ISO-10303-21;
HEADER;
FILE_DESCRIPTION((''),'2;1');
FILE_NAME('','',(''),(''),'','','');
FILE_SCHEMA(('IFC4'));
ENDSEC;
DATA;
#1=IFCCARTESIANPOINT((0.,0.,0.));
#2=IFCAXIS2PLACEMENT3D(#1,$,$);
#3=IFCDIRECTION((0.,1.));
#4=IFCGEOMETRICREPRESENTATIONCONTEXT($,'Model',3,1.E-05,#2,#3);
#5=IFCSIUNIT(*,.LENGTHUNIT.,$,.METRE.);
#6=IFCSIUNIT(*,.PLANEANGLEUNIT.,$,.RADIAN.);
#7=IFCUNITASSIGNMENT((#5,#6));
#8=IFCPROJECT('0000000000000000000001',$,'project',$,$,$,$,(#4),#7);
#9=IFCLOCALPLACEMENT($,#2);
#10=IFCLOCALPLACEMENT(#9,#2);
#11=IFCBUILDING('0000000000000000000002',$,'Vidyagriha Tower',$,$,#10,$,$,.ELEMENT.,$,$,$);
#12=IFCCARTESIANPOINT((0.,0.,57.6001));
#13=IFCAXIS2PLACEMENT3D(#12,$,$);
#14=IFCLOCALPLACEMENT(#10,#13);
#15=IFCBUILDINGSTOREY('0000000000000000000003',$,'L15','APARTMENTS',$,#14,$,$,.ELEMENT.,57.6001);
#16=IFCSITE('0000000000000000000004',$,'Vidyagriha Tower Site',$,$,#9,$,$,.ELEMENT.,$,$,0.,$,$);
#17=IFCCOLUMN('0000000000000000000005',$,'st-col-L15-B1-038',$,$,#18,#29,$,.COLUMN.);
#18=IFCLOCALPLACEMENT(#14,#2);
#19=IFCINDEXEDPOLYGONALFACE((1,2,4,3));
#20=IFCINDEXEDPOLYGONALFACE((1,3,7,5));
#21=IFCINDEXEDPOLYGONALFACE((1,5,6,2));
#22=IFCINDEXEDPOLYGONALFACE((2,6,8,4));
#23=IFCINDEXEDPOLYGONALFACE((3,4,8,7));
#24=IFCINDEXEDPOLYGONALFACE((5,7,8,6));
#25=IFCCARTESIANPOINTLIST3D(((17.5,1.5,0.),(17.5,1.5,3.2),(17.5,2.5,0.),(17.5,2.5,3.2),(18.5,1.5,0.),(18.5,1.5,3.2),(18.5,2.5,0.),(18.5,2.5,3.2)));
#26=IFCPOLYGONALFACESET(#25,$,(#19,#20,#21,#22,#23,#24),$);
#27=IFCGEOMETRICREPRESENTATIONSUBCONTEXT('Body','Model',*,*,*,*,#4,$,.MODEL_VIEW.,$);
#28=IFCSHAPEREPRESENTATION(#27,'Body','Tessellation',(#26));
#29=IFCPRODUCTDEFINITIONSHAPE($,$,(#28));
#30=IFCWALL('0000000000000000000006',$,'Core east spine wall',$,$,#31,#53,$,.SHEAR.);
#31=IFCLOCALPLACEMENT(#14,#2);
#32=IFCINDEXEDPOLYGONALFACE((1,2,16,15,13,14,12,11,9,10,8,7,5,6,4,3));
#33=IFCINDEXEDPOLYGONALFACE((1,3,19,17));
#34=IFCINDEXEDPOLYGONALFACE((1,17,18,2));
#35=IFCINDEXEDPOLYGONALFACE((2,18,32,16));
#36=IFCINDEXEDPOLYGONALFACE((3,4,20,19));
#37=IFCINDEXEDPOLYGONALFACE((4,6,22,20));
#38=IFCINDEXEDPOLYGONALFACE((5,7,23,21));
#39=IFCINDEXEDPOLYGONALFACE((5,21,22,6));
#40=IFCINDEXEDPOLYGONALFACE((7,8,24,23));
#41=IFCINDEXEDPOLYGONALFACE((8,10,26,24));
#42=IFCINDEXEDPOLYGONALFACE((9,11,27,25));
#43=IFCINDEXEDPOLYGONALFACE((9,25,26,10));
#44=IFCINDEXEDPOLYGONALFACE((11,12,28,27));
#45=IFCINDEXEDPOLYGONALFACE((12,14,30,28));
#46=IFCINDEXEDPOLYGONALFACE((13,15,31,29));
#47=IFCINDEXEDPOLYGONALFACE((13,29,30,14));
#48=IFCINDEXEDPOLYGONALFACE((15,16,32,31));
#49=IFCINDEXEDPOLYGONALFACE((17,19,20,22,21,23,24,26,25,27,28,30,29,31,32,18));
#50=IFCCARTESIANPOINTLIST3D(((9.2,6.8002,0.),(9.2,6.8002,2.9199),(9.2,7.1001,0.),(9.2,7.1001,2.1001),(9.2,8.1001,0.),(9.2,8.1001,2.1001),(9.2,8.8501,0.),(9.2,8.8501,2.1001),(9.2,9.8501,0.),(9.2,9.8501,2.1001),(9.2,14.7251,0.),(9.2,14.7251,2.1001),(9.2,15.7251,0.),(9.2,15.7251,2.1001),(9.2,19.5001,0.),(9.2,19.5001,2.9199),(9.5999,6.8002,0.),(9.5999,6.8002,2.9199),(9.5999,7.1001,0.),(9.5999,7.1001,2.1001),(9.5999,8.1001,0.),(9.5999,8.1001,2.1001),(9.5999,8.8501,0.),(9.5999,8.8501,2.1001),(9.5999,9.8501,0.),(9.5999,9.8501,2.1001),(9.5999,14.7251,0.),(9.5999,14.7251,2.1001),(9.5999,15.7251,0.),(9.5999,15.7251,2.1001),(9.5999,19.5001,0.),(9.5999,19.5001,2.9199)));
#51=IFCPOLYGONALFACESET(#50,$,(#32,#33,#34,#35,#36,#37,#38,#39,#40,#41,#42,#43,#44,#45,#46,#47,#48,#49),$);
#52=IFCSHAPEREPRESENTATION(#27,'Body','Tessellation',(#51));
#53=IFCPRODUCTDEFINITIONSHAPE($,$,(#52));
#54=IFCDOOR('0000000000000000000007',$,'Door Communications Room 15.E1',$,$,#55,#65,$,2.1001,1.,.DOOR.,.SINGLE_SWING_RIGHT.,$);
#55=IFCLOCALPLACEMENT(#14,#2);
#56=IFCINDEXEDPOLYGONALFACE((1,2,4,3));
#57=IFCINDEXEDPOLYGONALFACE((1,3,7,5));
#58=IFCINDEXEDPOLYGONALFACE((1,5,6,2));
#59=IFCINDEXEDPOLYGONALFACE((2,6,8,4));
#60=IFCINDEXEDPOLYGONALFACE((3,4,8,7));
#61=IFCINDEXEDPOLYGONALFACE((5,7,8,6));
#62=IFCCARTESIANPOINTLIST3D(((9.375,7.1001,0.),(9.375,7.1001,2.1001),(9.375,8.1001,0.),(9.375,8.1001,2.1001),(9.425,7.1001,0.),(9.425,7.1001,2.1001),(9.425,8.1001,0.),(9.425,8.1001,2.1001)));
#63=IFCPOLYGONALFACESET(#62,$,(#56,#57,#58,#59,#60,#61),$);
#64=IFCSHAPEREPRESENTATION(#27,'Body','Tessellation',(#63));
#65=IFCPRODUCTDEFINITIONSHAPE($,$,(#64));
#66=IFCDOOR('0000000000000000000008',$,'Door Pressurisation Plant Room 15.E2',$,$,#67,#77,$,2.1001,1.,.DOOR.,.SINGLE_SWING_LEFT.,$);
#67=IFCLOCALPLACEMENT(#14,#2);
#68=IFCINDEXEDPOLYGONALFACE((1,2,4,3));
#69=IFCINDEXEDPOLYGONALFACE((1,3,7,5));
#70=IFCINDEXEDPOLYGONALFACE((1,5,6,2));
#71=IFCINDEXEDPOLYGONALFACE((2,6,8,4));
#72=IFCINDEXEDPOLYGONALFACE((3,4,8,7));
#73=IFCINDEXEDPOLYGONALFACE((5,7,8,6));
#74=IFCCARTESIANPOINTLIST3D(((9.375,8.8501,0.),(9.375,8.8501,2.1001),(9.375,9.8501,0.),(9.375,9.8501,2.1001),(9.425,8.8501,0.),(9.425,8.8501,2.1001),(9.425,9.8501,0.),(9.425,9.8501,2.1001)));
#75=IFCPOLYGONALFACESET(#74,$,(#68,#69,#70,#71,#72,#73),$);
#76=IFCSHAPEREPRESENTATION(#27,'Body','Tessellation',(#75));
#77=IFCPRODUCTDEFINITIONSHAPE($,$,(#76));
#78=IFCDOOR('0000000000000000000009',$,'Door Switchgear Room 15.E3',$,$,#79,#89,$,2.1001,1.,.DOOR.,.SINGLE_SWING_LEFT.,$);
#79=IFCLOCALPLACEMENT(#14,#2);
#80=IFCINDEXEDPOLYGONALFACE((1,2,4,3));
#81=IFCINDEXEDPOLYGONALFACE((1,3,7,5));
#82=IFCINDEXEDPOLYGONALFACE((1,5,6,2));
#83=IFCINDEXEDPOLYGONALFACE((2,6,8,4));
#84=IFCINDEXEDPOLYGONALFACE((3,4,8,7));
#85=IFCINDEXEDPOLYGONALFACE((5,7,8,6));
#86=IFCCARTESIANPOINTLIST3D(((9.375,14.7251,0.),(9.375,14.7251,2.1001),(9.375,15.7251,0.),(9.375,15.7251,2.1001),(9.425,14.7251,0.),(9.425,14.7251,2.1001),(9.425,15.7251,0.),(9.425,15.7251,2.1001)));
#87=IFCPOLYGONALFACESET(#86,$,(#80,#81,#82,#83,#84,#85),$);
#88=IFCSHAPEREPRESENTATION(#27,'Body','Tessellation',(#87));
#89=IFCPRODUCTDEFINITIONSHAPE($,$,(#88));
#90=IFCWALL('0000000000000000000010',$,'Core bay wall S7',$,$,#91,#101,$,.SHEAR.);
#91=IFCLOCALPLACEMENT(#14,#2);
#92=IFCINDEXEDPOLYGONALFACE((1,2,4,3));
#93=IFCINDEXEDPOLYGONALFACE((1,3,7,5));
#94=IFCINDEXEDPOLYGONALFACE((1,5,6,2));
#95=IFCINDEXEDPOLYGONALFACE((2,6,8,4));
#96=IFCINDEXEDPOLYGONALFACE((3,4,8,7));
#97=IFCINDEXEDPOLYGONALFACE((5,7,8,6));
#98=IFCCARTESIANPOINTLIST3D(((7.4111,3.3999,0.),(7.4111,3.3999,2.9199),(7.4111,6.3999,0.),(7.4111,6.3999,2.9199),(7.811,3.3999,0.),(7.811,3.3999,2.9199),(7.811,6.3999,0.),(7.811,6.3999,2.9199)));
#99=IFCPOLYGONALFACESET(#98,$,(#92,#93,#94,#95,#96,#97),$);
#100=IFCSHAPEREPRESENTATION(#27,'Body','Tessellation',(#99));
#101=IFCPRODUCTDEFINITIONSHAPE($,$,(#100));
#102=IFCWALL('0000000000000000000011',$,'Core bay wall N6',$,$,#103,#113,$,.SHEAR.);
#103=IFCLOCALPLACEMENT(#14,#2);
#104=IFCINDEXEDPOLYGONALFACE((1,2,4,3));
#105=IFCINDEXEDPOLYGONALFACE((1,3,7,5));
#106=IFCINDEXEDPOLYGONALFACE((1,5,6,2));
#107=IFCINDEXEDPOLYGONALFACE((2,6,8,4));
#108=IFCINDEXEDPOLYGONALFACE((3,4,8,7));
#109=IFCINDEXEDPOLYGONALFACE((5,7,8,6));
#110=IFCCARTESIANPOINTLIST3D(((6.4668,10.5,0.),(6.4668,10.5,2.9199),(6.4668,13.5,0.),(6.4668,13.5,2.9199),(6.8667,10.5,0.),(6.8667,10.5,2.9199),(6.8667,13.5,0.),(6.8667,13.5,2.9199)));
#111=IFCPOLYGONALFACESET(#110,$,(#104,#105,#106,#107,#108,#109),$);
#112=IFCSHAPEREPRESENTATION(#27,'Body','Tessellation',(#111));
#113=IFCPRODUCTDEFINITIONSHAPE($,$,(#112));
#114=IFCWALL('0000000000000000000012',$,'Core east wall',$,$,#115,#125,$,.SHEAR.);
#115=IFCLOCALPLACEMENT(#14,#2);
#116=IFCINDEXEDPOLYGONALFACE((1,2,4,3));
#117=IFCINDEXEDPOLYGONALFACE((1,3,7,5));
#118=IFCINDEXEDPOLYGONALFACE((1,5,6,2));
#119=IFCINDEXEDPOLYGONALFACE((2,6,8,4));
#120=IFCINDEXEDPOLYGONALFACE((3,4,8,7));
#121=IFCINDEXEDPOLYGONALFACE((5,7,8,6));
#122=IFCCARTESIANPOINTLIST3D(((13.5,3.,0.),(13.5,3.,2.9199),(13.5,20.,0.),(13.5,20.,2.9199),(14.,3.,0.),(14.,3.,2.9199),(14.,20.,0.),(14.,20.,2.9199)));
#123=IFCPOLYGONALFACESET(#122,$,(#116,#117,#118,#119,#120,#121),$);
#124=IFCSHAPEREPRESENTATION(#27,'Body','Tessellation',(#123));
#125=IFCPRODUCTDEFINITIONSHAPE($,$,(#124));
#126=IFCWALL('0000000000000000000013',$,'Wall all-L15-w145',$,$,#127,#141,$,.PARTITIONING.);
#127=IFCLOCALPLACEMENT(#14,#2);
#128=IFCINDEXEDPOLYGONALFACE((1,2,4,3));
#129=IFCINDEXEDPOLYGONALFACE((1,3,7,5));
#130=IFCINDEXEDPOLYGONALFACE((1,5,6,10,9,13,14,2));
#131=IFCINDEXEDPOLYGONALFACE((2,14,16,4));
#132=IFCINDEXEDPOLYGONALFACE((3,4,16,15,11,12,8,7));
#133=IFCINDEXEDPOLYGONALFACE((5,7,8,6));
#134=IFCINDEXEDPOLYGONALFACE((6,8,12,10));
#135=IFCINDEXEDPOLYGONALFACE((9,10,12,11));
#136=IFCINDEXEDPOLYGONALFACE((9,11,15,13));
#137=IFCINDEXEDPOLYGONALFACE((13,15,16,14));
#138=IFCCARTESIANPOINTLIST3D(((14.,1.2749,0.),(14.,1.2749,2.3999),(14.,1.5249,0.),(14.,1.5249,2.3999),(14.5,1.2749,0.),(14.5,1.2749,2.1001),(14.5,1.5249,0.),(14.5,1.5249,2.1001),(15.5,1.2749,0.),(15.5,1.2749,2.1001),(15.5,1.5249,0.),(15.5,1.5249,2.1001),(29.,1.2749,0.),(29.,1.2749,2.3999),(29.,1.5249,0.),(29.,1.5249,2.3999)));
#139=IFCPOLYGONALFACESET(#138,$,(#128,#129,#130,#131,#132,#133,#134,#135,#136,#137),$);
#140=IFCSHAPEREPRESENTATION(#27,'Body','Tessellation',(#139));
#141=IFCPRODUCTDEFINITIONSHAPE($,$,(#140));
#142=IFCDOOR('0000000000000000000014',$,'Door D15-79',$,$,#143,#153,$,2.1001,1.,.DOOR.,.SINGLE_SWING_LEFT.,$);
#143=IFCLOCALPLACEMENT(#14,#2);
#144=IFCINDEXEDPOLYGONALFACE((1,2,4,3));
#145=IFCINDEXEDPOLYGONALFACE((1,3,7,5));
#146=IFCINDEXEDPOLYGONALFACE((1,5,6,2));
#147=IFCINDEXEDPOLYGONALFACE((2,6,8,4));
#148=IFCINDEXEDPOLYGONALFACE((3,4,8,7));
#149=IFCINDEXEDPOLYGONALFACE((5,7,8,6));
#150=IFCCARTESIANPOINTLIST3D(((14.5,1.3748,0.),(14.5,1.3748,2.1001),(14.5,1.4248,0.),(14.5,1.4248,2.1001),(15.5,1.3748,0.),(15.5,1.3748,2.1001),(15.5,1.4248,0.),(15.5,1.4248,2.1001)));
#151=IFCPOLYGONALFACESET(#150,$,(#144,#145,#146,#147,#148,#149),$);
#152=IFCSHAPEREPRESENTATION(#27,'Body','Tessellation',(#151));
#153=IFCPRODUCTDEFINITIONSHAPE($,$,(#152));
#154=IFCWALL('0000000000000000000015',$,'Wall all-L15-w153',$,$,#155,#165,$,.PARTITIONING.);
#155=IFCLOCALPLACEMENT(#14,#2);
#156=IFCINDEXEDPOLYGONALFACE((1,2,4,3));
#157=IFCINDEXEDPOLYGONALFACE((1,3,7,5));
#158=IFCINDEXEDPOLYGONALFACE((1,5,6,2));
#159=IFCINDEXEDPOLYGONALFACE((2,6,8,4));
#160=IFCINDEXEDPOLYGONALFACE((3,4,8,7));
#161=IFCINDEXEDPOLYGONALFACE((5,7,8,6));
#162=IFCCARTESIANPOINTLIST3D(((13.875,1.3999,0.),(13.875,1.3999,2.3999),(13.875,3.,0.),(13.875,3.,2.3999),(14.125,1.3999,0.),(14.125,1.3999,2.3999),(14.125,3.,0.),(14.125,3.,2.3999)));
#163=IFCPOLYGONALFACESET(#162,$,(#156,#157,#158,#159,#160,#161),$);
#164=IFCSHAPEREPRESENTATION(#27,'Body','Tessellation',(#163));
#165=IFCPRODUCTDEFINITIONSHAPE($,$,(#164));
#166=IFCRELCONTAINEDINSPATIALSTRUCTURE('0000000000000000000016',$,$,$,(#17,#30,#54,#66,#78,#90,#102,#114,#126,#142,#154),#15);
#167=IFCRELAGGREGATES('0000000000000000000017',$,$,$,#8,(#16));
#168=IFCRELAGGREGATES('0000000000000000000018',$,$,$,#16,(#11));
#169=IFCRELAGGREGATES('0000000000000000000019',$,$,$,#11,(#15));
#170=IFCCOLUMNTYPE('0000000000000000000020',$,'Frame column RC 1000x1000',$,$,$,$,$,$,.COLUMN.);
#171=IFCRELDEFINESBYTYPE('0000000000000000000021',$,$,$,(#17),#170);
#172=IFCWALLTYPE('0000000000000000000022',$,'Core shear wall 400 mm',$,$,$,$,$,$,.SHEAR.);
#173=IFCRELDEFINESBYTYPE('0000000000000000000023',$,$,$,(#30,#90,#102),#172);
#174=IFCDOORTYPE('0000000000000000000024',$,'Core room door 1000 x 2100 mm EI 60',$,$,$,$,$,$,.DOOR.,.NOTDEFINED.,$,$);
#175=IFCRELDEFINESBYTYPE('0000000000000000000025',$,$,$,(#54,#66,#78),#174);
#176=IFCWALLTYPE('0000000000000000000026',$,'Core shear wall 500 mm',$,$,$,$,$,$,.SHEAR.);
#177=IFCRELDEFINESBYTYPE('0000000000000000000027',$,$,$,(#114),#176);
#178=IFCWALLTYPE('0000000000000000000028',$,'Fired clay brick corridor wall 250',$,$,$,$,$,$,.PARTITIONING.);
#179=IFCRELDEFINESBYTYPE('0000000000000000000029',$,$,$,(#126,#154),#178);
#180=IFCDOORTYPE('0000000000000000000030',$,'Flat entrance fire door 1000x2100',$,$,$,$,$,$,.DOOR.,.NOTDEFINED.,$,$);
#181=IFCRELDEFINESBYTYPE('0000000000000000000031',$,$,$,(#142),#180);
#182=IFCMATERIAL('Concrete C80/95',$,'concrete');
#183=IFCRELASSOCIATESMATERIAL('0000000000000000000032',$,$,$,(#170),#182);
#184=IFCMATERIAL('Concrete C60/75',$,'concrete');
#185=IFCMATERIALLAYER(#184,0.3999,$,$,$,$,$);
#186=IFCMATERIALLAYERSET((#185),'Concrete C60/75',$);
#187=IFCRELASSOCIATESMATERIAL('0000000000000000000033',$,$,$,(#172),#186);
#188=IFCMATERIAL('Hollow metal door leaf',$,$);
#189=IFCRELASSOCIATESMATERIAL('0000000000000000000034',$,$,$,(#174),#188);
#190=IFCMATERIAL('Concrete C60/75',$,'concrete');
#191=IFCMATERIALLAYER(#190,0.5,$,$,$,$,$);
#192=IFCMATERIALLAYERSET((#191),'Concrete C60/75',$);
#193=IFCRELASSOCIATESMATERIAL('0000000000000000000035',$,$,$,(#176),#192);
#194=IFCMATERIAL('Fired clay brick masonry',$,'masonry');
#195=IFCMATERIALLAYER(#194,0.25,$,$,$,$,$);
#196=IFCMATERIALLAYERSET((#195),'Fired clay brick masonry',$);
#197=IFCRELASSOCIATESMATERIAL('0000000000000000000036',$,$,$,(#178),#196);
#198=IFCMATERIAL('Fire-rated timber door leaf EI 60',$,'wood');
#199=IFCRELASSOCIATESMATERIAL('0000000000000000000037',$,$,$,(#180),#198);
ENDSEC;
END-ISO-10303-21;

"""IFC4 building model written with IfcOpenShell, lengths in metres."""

from ifc_helpers import new_model, si_unit, direction, frame, frame_2d, origin, origin_2d, place, context, subcontext, project, spatial, rectangle, extrude, material, layer, layer_set, material_profile, profile_set, type_object, element, fill, save


model = new_model("IFC4")

# Units and contexts
model_context = context("Model", 3, precision=1e-05, world=origin(), true_north=direction((0.0, 1.0)))
body_context = subcontext(model_context, "Body", "Model", "MODEL_VIEW")
ifc_project = project(units=[si_unit("LENGTHUNIT", "METRE"), si_unit("PLANEANGLEUNIT", "RADIAN")], contexts=[model_context])

# Site, building, storey
site_placement = place(None, origin())
site = spatial("IfcSite", under=ifc_project, at=site_placement, Name="Vidyagriha Tower Site", CompositionType="ELEMENT", RefElevation=0.0)
building_placement = place(site_placement, origin())
building = spatial("IfcBuilding", under=site, at=building_placement, Name="Vidyagriha Tower", CompositionType="ELEMENT")
storey_placement = place(building_placement, frame((0.0, 0.0, 57.6001)))
storey = spatial("IfcBuildingStorey", under=building, at=storey_placement, Name="L15", Description="APARTMENTS", CompositionType="ELEMENT", Elevation=57.6001)

# Column
ifc_material_1 = material(Name="Concrete C80/95", Category="concrete")
ifc_material_profile = material_profile(ifc_material_1, rectangle(XDim=1.0, YDim=1.0, at=origin_2d()), Name="RC 1000x1000")
ifc_profile_set = profile_set([ifc_material_profile], Name="Concrete C80/95")
column_type = type_object("IfcColumnType", Name="Frame column RC 1000x1000", PredefinedType="COLUMN", material=ifc_profile_set)
column_placement = place(storey_placement, frame((18.0, 2.0, 0.0)))
element("IfcColumn", 1, at=column_placement, inside=storey, type_object=column_type, Name="st-col-L15-B1-038", PredefinedType="COLUMN", context=body_context, shape_type="SweptSolid", body=[
    extrude(rectangle(XDim=1.0, YDim=1.0, at=origin_2d()), origin(), (0.0, 0.0, 1.0), 3.2),
])

# Wall, openings, doors
ifc_material_2 = material(Name="Concrete C60/75", Category="concrete")
ifc_layer_1 = layer(ifc_material_2, 0.3999)
ifc_layer_set_1 = layer_set([ifc_layer_1], Name="Concrete C60/75")
wall_type_1 = type_object("IfcWallType", Name="Core shear wall 400 mm", PredefinedType="SHEAR", material=ifc_layer_set_1)
wall_1_placement = place(storey_placement, frame((9.3999, 6.8, 0.0), z_axis=(0.0, 0.0, 1.0), x_axis=(0.0, 1.0, 0.0)))
wall_1 = element("IfcWall", 2, at=wall_1_placement, inside=storey, type_object=wall_type_1, Name="Core east spine wall", PredefinedType="SHEAR", context=body_context, shape_type="SweptSolid", body=[
    extrude(rectangle(XDim=12.7, YDim=0.3999, at=frame_2d((6.3501, 0.0))), origin(), (0.0, 0.0, 1.0), 2.9199),
])
opening_1_placement = place(wall_1_placement, frame((0.3, 0.0, 0.0)))
opening_1 = element("IfcOpeningElement", 3, at=opening_1_placement, cuts=wall_1, PredefinedType="OPENING", context=body_context, shape_type="SweptSolid", body=[
    extrude(rectangle(XDim=1.0, YDim=2.1001, at=frame_2d((0.5, 1.05))), frame((0.0, 0.21, 0.0), z_axis=(0.0, -1.0, 0.0), x_axis=(1.0, 0.0, 0.0)), (0.0, 0.0, 1.0), 0.4199),
])
opening_2_placement = place(wall_1_placement, frame((2.05, 0.0, 0.0)))
opening_2 = element("IfcOpeningElement", 4, at=opening_2_placement, cuts=wall_1, PredefinedType="OPENING", context=body_context, shape_type="SweptSolid", body=[
    extrude(rectangle(XDim=1.0, YDim=2.1001, at=frame_2d((0.5, 1.05))), frame((0.0, 0.21, 0.0), z_axis=(0.0, -1.0, 0.0), x_axis=(1.0, 0.0, 0.0)), (0.0, 0.0, 1.0), 0.4199),
])
opening_3_placement = place(wall_1_placement, frame((7.925, 0.0, 0.0)))
opening_3 = element("IfcOpeningElement", 5, at=opening_3_placement, cuts=wall_1, PredefinedType="OPENING", context=body_context, shape_type="SweptSolid", body=[
    extrude(rectangle(XDim=1.0, YDim=2.1001, at=frame_2d((0.5, 1.05))), frame((0.0, 0.21, 0.0), z_axis=(0.0, -1.0, 0.0), x_axis=(1.0, 0.0, 0.0)), (0.0, 0.0, 1.0), 0.4199),
])
ifc_material_3 = material(Name="Hollow metal door leaf")
door_type_1 = type_object("IfcDoorType", Name="Core room door 1000 x 2100 mm EI 60", OperationType="NOTDEFINED", PredefinedType="DOOR", material=ifc_material_3)
door_1_placement = place(opening_1_placement, origin())
door_1 = element("IfcDoor", 6, at=door_1_placement, inside=storey, type_object=door_type_1, Name="Door Communications Room 15.E1", OperationType="SINGLE_SWING_RIGHT", OverallHeight=2.1001, OverallWidth=1.0, PredefinedType="DOOR", context=body_context, shape_type="SweptSolid", body=[
    extrude(rectangle(XDim=1.0, YDim=2.1001, at=frame_2d((0.5, 1.05))), frame((0.0, 0.0249, 0.0), z_axis=(0.0, -1.0, 0.0), x_axis=(1.0, 0.0, 0.0)), (0.0, 0.0, 1.0), 0.05),
])
fill(opening_1, door_1)
door_2_placement = place(opening_2_placement, origin())
door_2 = element("IfcDoor", 7, at=door_2_placement, inside=storey, type_object=door_type_1, Name="Door Pressurisation Plant Room 15.E2", OperationType="SINGLE_SWING_LEFT", OverallHeight=2.1001, OverallWidth=1.0, PredefinedType="DOOR", context=body_context, shape_type="SweptSolid", body=[
    extrude(rectangle(XDim=1.0, YDim=2.1001, at=frame_2d((0.5, 1.05))), frame((0.0, 0.0249, 0.0), z_axis=(0.0, -1.0, 0.0), x_axis=(1.0, 0.0, 0.0)), (0.0, 0.0, 1.0), 0.05),
])
fill(opening_2, door_2)
door_3_placement = place(opening_3_placement, origin())
door_3 = element("IfcDoor", 8, at=door_3_placement, inside=storey, type_object=door_type_1, Name="Door Switchgear Room 15.E3", OperationType="SINGLE_SWING_LEFT", OverallHeight=2.1001, OverallWidth=1.0, PredefinedType="DOOR", context=body_context, shape_type="SweptSolid", body=[
    extrude(rectangle(XDim=1.0, YDim=2.1001, at=frame_2d((0.5, 1.05))), frame((0.0, 0.0249, 0.0), z_axis=(0.0, -1.0, 0.0), x_axis=(1.0, 0.0, 0.0)), (0.0, 0.0, 1.0), 0.05),
])
fill(opening_3, door_3)

# Walls
for number, where, z_axis, x_axis, name in (
    (9, (7.6111, 3.3999, 0.0), (0.0, 0.0, 1.0), (0.0, 1.0, 0.0), "Core bay wall S7"),
    (10, (6.6667, 10.5, 0.0), (0.0, 0.0, 1.0), (0.0, 1.0, 0.0), "Core bay wall N6"),
):
    element("IfcWall", number, at=place(storey_placement, frame(where, z_axis=z_axis, x_axis=x_axis)), inside=storey, type_object=wall_type_1, Name=name, PredefinedType="SHEAR", context=body_context, shape_type="SweptSolid", body=[
        extrude(rectangle(XDim=3.0, YDim=0.3999, at=frame_2d((1.5, 0.0))), origin(), (0.0, 0.0, 1.0), 2.9199),
    ])
ifc_material_4 = material(Name="Concrete C60/75", Category="concrete")
ifc_layer_2 = layer(ifc_material_4, 0.5)
ifc_layer_set_2 = layer_set([ifc_layer_2], Name="Concrete C60/75")
wall_type_2 = type_object("IfcWallType", Name="Core shear wall 500 mm", PredefinedType="SHEAR", material=ifc_layer_set_2)
wall_2_placement = place(storey_placement, frame((13.75, 3.0, 0.0), z_axis=(0.0, 0.0, 1.0), x_axis=(0.0, 1.0, 0.0)))
element("IfcWall", 11, at=wall_2_placement, inside=storey, type_object=wall_type_2, Name="Core east wall", PredefinedType="SHEAR", context=body_context, shape_type="SweptSolid", body=[
    extrude(rectangle(XDim=17.0, YDim=0.5, at=frame_2d((8.5, 0.0))), origin(), (0.0, 0.0, 1.0), 2.9199),
])

# Wall, opening, door
ifc_material_5 = material(Name="Fired clay brick masonry", Category="masonry")
ifc_layer_3 = layer(ifc_material_5, 0.25)
ifc_layer_set_3 = layer_set([ifc_layer_3], Name="Fired clay brick masonry")
wall_type_3 = type_object("IfcWallType", Name="Fired clay brick corridor wall 250", PredefinedType="PARTITIONING", material=ifc_layer_set_3)
wall_3_placement = place(storey_placement, frame((14.0, 1.3999, 0.0)))
wall_3 = element("IfcWall", 12, at=wall_3_placement, inside=storey, type_object=wall_type_3, Name="Wall all-L15-w145", PredefinedType="PARTITIONING", context=body_context, shape_type="SweptSolid", body=[
    extrude(rectangle(XDim=15.0, YDim=0.25, at=frame_2d((7.5, 0.0))), origin(), (0.0, 0.0, 1.0), 2.3999),
])
opening_4_placement = place(wall_3_placement, frame((0.5, 0.0, 0.0)))
opening_4 = element("IfcOpeningElement", 13, at=opening_4_placement, cuts=wall_3, PredefinedType="OPENING", context=body_context, shape_type="SweptSolid", body=[
    extrude(rectangle(XDim=1.0, YDim=2.1001, at=frame_2d((0.5, 1.05))), frame((0.0, 0.135, 0.0), z_axis=(0.0, -1.0, 0.0), x_axis=(1.0, 0.0, 0.0)), (0.0, 0.0, 1.0), 0.27),
])
ifc_material_6 = material(Name="Fire-rated timber door leaf EI 60", Category="wood")
door_type_2 = type_object("IfcDoorType", Name="Flat entrance fire door 1000x2100", OperationType="NOTDEFINED", PredefinedType="DOOR", material=ifc_material_6)
door_4_placement = place(opening_4_placement, origin())
door_4 = element("IfcDoor", 14, at=door_4_placement, inside=storey, type_object=door_type_2, Name="Door D15-79", OperationType="SINGLE_SWING_LEFT", OverallHeight=2.1001, OverallWidth=1.0, PredefinedType="DOOR", context=body_context, shape_type="SweptSolid", body=[
    extrude(rectangle(XDim=1.0, YDim=2.1001, at=frame_2d((0.5, 1.05))), frame((0.0, 0.0249, 0.0), z_axis=(0.0, -1.0, 0.0), x_axis=(1.0, 0.0, 0.0)), (0.0, 0.0, 1.0), 0.05),
])
fill(opening_4, door_4)

# Wall
wall_4_placement = place(storey_placement, frame((14.0, 1.3999, 0.0), z_axis=(0.0, 0.0, 1.0), x_axis=(0.0, 1.0, 0.0)))
element("IfcWall", 15, at=wall_4_placement, inside=storey, type_object=wall_type_3, Name="Wall all-L15-w153", PredefinedType="PARTITIONING", context=body_context, shape_type="SweptSolid", body=[
    extrude(rectangle(XDim=1.6001, YDim=0.25, at=frame_2d((0.8, 0.0))), origin(), (0.0, 0.0, 1.0), 2.3999),
])

save(model, "model.ifc")
